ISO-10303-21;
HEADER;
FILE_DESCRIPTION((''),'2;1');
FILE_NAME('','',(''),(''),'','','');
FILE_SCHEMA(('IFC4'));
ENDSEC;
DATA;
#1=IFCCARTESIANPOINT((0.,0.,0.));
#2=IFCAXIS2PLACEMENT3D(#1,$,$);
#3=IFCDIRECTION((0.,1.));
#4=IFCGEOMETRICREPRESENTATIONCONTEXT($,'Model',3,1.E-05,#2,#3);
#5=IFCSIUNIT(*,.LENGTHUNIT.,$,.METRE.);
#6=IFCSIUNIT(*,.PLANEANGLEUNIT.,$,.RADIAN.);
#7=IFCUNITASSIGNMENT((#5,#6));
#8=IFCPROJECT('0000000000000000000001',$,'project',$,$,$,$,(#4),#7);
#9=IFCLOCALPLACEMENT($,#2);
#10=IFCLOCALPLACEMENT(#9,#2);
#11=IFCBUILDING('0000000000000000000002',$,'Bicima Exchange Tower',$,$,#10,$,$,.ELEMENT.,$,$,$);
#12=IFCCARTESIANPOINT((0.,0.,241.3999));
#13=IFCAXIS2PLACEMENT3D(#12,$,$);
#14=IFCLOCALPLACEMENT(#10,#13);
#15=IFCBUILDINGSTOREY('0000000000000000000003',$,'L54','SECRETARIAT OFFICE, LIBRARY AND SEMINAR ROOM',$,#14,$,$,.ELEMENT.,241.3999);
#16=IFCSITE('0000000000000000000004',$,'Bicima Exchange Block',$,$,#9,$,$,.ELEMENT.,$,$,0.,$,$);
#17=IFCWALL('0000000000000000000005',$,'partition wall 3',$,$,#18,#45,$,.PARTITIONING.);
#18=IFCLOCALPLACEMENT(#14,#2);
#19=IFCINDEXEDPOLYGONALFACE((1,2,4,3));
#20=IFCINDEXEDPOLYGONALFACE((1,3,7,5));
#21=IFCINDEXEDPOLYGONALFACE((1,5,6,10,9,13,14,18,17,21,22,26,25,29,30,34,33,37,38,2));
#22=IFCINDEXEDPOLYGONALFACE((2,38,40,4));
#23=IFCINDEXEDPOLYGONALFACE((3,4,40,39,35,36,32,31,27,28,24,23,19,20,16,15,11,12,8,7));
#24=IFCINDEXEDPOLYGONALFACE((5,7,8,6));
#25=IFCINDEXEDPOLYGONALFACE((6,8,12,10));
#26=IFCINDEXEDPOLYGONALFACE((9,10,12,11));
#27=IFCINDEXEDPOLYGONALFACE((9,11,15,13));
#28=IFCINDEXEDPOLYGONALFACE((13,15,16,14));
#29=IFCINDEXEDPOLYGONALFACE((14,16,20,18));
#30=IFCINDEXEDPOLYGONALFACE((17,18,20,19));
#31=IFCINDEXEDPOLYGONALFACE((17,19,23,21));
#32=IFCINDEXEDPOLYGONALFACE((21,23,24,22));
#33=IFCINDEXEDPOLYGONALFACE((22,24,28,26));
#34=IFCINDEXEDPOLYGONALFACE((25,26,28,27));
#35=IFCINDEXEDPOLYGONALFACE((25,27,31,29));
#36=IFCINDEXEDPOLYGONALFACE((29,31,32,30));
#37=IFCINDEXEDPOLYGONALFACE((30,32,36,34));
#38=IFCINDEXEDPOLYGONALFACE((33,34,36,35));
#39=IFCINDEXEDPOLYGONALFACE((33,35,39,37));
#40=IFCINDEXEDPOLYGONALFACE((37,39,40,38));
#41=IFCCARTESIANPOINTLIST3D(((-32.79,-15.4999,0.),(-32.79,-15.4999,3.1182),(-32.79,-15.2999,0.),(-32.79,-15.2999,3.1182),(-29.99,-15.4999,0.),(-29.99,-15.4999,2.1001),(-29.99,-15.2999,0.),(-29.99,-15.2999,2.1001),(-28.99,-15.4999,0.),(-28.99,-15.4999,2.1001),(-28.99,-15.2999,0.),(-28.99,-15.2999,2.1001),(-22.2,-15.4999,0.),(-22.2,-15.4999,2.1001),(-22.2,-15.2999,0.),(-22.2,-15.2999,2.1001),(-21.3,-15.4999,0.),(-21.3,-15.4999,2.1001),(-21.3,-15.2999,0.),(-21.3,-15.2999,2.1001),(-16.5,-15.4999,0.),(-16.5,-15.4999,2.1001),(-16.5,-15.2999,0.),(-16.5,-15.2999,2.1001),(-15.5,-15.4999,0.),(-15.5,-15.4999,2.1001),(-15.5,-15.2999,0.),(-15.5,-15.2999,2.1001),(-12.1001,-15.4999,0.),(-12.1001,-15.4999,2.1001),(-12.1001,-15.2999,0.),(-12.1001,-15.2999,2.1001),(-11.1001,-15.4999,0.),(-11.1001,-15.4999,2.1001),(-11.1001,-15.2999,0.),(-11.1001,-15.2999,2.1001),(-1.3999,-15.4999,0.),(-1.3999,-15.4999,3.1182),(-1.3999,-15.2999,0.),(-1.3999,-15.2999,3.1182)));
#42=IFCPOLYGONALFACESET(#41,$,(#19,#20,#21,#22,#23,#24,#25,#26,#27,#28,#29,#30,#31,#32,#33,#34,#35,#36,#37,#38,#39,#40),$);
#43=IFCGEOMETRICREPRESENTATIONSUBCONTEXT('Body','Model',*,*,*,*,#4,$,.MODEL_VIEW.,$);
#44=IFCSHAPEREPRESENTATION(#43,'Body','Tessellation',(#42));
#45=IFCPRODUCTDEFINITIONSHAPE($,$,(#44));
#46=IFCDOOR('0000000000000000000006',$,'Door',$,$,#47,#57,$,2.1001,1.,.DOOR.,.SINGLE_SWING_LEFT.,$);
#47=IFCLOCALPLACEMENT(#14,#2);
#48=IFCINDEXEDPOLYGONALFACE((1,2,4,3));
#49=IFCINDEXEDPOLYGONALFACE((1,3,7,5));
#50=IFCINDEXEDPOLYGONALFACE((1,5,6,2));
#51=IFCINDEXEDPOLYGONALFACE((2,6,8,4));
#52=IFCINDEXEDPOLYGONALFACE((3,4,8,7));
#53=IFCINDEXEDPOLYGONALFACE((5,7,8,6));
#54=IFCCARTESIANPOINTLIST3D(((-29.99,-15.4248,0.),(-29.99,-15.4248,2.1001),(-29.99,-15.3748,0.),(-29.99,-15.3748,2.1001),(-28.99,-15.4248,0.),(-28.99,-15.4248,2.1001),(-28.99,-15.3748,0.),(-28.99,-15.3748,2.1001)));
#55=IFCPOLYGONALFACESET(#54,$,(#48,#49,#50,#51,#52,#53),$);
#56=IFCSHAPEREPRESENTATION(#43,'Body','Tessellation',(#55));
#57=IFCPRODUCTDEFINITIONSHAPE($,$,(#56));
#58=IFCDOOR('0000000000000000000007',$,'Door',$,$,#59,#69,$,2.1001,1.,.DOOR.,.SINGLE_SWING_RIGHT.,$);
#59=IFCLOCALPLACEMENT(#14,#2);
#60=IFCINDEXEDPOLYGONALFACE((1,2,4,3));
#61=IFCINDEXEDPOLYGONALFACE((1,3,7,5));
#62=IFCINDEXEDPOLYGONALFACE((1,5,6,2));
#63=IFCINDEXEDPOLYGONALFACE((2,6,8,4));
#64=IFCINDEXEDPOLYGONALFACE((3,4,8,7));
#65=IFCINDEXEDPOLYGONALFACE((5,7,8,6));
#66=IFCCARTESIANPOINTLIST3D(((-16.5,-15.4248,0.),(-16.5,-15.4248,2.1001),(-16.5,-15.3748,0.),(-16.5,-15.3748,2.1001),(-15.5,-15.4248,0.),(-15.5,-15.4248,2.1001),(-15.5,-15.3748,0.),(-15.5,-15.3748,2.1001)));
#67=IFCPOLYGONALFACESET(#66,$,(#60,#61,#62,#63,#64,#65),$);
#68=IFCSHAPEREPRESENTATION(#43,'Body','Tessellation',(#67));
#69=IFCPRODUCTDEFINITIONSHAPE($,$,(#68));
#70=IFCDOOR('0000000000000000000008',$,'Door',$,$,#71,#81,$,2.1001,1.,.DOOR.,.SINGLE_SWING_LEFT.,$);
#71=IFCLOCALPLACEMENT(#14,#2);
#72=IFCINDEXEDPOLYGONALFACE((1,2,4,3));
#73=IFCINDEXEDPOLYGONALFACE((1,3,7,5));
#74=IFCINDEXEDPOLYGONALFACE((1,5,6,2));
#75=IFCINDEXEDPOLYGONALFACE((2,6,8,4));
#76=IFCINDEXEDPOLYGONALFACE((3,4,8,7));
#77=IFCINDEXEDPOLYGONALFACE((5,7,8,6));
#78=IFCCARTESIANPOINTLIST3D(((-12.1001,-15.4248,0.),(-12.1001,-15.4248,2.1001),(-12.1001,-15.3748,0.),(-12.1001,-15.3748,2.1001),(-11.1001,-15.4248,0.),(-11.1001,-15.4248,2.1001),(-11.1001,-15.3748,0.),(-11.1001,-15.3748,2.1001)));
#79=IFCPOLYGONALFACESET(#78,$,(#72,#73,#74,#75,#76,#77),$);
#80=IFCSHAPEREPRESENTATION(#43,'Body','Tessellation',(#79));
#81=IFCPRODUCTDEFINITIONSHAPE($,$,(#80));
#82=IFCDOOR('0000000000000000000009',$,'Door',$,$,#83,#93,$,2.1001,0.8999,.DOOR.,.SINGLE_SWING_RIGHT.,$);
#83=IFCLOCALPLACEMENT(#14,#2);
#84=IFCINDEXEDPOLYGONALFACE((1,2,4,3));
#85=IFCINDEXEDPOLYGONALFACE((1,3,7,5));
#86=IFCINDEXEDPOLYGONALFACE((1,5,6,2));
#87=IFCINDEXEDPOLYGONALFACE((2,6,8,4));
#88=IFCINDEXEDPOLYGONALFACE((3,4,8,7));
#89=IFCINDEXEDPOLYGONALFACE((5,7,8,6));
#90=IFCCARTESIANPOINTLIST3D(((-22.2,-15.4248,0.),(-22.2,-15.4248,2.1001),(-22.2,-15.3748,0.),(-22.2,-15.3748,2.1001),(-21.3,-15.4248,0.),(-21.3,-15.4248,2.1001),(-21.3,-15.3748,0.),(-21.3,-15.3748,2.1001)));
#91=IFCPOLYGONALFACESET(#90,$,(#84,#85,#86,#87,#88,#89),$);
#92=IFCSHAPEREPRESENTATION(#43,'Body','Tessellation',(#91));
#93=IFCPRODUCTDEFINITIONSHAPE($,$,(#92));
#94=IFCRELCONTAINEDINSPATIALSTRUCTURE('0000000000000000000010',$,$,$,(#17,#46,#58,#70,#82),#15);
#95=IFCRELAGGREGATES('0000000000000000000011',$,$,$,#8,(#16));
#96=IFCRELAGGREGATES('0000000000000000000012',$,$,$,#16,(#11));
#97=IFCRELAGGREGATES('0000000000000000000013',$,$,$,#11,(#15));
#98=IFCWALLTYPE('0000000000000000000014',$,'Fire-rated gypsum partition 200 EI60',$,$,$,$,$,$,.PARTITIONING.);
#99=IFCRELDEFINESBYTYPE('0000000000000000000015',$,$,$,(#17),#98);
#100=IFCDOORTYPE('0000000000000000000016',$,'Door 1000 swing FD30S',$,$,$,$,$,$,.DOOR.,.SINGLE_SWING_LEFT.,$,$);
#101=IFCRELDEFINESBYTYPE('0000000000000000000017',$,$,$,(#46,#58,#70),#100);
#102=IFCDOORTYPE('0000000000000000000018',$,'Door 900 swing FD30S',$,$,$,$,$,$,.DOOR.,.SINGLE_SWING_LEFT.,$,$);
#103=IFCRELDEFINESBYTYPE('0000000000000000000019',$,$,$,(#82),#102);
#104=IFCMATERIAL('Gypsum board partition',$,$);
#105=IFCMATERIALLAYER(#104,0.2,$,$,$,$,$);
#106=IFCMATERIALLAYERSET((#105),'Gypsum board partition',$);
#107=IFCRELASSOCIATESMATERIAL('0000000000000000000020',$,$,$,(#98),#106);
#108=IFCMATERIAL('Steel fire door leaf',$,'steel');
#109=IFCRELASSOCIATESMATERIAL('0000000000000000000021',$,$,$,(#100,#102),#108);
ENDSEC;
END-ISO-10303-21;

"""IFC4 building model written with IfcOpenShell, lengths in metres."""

from ifc_helpers import new_model, si_unit, direction, frame, frame_2d, origin, place, context, subcontext, project, spatial, rectangle, extrude, material, layer, layer_set, type_object, element, fill, save


model = new_model("IFC4")

# Units and contexts
model_context = context("Model", 3, precision=1e-05, world=origin(), true_north=direction((0.0, 1.0)))
body_context = subcontext(model_context, "Body", "Model", "MODEL_VIEW")
ifc_project = project(units=[si_unit("LENGTHUNIT", "METRE"), si_unit("PLANEANGLEUNIT", "RADIAN")], contexts=[model_context])

# Site, building, storey
site_placement = place(None, origin())
site = spatial("IfcSite", under=ifc_project, at=site_placement, Name="Bicima Exchange Block", CompositionType="ELEMENT", RefElevation=0.0)
building_placement = place(site_placement, origin())
building = spatial("IfcBuilding", under=site, at=building_placement, Name="Bicima Exchange Tower", CompositionType="ELEMENT")
storey_placement = place(building_placement, frame((0.0, 0.0, 241.3999)))
storey = spatial("IfcBuildingStorey", under=building, at=storey_placement, Name="L54", Description="SECRETARIAT OFFICE, LIBRARY AND SEMINAR ROOM", CompositionType="ELEMENT", Elevation=241.3999)

# Wall, openings, doors
ifc_material_1 = material(Name="Gypsum board partition")
ifc_layer_1 = layer(ifc_material_1, 0.2)
ifc_layer_set_1 = layer_set([ifc_layer_1], Name="Gypsum board partition")
wall_type = type_object("IfcWallType", Name="Fire-rated gypsum partition 200 EI60", PredefinedType="PARTITIONING", material=ifc_layer_set_1)
wall_placement = place(storey_placement, frame((-32.79, -15.3999, 0.0), z_axis=(0.0, 0.0, 1.0), x_axis=(1.0, 0.0, 0.0)))
wall = element("IfcWall", 1, at=wall_placement, inside=storey, type_object=wall_type, Name="partition wall 3", PredefinedType="PARTITIONING", context=body_context, shape_type="SweptSolid", body=[
    extrude(rectangle(XDim=31.3901, YDim=0.2, at=frame_2d((15.6951, 0.0))), origin(), (0.0, 0.0, 1.0), 3.1182),
])
opening_1_placement = place(wall_placement, frame((2.8, 0.0, 0.0)))
opening_1 = element("IfcOpeningElement", 2, at=opening_1_placement, cuts=wall, PredefinedType="OPENING", context=body_context, shape_type="SweptSolid", body=[
    extrude(rectangle(XDim=1.0, YDim=2.1001, at=frame_2d((0.5, 1.05))), frame((0.0, 0.1118, 0.0), z_axis=(0.0, -1.0, 0.0), x_axis=(1.0, 0.0, 0.0)), (0.0, 0.0, 1.0), 0.2239),
])
opening_2_placement = place(wall_placement, frame((10.5901, 0.0, 0.0)))
opening_2 = element("IfcOpeningElement", 3, at=opening_2_placement, cuts=wall, PredefinedType="OPENING", context=body_context, shape_type="SweptSolid", body=[
    extrude(rectangle(XDim=0.8999, YDim=2.1001, at=frame_2d((0.45, 1.05))), frame((0.0, 0.1118, 0.0), z_axis=(0.0, -1.0, 0.0), x_axis=(1.0, 0.0, 0.0)), (0.0, 0.0, 1.0), 0.2239),
])
opening_3_placement = place(wall_placement, frame((16.29, 0.0, 0.0)))
opening_3 = element("IfcOpeningElement", 4, at=opening_3_placement, cuts=wall, PredefinedType="OPENING", context=body_context, shape_type="SweptSolid", body=[
    extrude(rectangle(XDim=1.0, YDim=2.1001, at=frame_2d((0.5, 1.05))), frame((0.0, 0.1118, 0.0), z_axis=(0.0, -1.0, 0.0), x_axis=(1.0, 0.0, 0.0)), (0.0, 0.0, 1.0), 0.2239),
])
opening_4_placement = place(wall_placement, frame((20.6899, 0.0, 0.0)))
opening_4 = element("IfcOpeningElement", 5, at=opening_4_placement, cuts=wall, PredefinedType="OPENING", context=body_context, shape_type="SweptSolid", body=[
    extrude(rectangle(XDim=1.0, YDim=2.1001, at=frame_2d((0.5, 1.05))), frame((0.0, 0.1118, 0.0), z_axis=(0.0, -1.0, 0.0), x_axis=(1.0, 0.0, 0.0)), (0.0, 0.0, 1.0), 0.2239),
])
ifc_material_2 = material(Name="Steel fire door leaf", Category="steel")
door_type_1 = type_object("IfcDoorType", Name="Door 1000 swing FD30S", OperationType="SINGLE_SWING_LEFT", PredefinedType="DOOR", material=ifc_material_2)
door_1_placement = place(opening_1_placement, frame((1.0, 0.0, 0.0), z_axis=(0.0, 0.0, 1.0), x_axis=(-1.0, 0.0, 0.0)))
door_1 = element("IfcDoor", 6, at=door_1_placement, inside=storey, type_object=door_type_1, Name="Door", OperationType="SINGLE_SWING_LEFT", OverallHeight=2.1001, OverallWidth=1.0, PredefinedType="DOOR", context=body_context, shape_type="SweptSolid", body=[
    extrude(rectangle(XDim=1.0, YDim=2.1001, at=frame_2d((0.5, 1.05))), frame((0.0, 0.0249, 0.0), z_axis=(0.0, -1.0, 0.0), x_axis=(1.0, 0.0, 0.0)), (0.0, 0.0, 1.0), 0.05),
])
fill(opening_1, door_1)
door_2_placement = place(opening_3_placement, frame((1.0, 0.0, 0.0), z_axis=(0.0, 0.0, 1.0), x_axis=(-1.0, 0.0, 0.0)))
door_2 = element("IfcDoor", 7, at=door_2_placement, inside=storey, type_object=door_type_1, Name="Door", OperationType="SINGLE_SWING_RIGHT", OverallHeight=2.1001, OverallWidth=1.0, PredefinedType="DOOR", context=body_context, shape_type="SweptSolid", body=[
    extrude(rectangle(XDim=1.0, YDim=2.1001, at=frame_2d((0.5, 1.05))), frame((0.0, 0.0249, 0.0), z_axis=(0.0, -1.0, 0.0), x_axis=(1.0, 0.0, 0.0)), (0.0, 0.0, 1.0), 0.05),
])
fill(opening_3, door_2)
door_3_placement = place(opening_4_placement, frame((1.0, 0.0, 0.0), z_axis=(0.0, 0.0, 1.0), x_axis=(-1.0, 0.0, 0.0)))
door_3 = element("IfcDoor", 8, at=door_3_placement, inside=storey, type_object=door_type_1, Name="Door", OperationType="SINGLE_SWING_LEFT", OverallHeight=2.1001, OverallWidth=1.0, PredefinedType="DOOR", context=body_context, shape_type="SweptSolid", body=[
    extrude(rectangle(XDim=1.0, YDim=2.1001, at=frame_2d((0.5, 1.05))), frame((0.0, 0.0249, 0.0), z_axis=(0.0, -1.0, 0.0), x_axis=(1.0, 0.0, 0.0)), (0.0, 0.0, 1.0), 0.05),
])
fill(opening_4, door_3)
door_type_2 = type_object("IfcDoorType", Name="Door 900 swing FD30S", OperationType="SINGLE_SWING_LEFT", PredefinedType="DOOR", material=ifc_material_2)
door_4_placement = place(opening_2_placement, frame((0.8999, 0.0, 0.0), z_axis=(0.0, 0.0, 1.0), x_axis=(-1.0, 0.0, 0.0)))
door_4 = element("IfcDoor", 9, at=door_4_placement, inside=storey, type_object=door_type_2, Name="Door", OperationType="SINGLE_SWING_RIGHT", OverallHeight=2.1001, OverallWidth=0.8999, PredefinedType="DOOR", context=body_context, shape_type="SweptSolid", body=[
    extrude(rectangle(XDim=0.8999, YDim=2.1001, at=frame_2d((0.45, 1.05))), frame((0.0, 0.0249, 0.0), z_axis=(0.0, -1.0, 0.0), x_axis=(1.0, 0.0, 0.0)), (0.0, 0.0, 1.0), 0.05),
])
fill(opening_2, door_4)

save(model, "model.ifc")
